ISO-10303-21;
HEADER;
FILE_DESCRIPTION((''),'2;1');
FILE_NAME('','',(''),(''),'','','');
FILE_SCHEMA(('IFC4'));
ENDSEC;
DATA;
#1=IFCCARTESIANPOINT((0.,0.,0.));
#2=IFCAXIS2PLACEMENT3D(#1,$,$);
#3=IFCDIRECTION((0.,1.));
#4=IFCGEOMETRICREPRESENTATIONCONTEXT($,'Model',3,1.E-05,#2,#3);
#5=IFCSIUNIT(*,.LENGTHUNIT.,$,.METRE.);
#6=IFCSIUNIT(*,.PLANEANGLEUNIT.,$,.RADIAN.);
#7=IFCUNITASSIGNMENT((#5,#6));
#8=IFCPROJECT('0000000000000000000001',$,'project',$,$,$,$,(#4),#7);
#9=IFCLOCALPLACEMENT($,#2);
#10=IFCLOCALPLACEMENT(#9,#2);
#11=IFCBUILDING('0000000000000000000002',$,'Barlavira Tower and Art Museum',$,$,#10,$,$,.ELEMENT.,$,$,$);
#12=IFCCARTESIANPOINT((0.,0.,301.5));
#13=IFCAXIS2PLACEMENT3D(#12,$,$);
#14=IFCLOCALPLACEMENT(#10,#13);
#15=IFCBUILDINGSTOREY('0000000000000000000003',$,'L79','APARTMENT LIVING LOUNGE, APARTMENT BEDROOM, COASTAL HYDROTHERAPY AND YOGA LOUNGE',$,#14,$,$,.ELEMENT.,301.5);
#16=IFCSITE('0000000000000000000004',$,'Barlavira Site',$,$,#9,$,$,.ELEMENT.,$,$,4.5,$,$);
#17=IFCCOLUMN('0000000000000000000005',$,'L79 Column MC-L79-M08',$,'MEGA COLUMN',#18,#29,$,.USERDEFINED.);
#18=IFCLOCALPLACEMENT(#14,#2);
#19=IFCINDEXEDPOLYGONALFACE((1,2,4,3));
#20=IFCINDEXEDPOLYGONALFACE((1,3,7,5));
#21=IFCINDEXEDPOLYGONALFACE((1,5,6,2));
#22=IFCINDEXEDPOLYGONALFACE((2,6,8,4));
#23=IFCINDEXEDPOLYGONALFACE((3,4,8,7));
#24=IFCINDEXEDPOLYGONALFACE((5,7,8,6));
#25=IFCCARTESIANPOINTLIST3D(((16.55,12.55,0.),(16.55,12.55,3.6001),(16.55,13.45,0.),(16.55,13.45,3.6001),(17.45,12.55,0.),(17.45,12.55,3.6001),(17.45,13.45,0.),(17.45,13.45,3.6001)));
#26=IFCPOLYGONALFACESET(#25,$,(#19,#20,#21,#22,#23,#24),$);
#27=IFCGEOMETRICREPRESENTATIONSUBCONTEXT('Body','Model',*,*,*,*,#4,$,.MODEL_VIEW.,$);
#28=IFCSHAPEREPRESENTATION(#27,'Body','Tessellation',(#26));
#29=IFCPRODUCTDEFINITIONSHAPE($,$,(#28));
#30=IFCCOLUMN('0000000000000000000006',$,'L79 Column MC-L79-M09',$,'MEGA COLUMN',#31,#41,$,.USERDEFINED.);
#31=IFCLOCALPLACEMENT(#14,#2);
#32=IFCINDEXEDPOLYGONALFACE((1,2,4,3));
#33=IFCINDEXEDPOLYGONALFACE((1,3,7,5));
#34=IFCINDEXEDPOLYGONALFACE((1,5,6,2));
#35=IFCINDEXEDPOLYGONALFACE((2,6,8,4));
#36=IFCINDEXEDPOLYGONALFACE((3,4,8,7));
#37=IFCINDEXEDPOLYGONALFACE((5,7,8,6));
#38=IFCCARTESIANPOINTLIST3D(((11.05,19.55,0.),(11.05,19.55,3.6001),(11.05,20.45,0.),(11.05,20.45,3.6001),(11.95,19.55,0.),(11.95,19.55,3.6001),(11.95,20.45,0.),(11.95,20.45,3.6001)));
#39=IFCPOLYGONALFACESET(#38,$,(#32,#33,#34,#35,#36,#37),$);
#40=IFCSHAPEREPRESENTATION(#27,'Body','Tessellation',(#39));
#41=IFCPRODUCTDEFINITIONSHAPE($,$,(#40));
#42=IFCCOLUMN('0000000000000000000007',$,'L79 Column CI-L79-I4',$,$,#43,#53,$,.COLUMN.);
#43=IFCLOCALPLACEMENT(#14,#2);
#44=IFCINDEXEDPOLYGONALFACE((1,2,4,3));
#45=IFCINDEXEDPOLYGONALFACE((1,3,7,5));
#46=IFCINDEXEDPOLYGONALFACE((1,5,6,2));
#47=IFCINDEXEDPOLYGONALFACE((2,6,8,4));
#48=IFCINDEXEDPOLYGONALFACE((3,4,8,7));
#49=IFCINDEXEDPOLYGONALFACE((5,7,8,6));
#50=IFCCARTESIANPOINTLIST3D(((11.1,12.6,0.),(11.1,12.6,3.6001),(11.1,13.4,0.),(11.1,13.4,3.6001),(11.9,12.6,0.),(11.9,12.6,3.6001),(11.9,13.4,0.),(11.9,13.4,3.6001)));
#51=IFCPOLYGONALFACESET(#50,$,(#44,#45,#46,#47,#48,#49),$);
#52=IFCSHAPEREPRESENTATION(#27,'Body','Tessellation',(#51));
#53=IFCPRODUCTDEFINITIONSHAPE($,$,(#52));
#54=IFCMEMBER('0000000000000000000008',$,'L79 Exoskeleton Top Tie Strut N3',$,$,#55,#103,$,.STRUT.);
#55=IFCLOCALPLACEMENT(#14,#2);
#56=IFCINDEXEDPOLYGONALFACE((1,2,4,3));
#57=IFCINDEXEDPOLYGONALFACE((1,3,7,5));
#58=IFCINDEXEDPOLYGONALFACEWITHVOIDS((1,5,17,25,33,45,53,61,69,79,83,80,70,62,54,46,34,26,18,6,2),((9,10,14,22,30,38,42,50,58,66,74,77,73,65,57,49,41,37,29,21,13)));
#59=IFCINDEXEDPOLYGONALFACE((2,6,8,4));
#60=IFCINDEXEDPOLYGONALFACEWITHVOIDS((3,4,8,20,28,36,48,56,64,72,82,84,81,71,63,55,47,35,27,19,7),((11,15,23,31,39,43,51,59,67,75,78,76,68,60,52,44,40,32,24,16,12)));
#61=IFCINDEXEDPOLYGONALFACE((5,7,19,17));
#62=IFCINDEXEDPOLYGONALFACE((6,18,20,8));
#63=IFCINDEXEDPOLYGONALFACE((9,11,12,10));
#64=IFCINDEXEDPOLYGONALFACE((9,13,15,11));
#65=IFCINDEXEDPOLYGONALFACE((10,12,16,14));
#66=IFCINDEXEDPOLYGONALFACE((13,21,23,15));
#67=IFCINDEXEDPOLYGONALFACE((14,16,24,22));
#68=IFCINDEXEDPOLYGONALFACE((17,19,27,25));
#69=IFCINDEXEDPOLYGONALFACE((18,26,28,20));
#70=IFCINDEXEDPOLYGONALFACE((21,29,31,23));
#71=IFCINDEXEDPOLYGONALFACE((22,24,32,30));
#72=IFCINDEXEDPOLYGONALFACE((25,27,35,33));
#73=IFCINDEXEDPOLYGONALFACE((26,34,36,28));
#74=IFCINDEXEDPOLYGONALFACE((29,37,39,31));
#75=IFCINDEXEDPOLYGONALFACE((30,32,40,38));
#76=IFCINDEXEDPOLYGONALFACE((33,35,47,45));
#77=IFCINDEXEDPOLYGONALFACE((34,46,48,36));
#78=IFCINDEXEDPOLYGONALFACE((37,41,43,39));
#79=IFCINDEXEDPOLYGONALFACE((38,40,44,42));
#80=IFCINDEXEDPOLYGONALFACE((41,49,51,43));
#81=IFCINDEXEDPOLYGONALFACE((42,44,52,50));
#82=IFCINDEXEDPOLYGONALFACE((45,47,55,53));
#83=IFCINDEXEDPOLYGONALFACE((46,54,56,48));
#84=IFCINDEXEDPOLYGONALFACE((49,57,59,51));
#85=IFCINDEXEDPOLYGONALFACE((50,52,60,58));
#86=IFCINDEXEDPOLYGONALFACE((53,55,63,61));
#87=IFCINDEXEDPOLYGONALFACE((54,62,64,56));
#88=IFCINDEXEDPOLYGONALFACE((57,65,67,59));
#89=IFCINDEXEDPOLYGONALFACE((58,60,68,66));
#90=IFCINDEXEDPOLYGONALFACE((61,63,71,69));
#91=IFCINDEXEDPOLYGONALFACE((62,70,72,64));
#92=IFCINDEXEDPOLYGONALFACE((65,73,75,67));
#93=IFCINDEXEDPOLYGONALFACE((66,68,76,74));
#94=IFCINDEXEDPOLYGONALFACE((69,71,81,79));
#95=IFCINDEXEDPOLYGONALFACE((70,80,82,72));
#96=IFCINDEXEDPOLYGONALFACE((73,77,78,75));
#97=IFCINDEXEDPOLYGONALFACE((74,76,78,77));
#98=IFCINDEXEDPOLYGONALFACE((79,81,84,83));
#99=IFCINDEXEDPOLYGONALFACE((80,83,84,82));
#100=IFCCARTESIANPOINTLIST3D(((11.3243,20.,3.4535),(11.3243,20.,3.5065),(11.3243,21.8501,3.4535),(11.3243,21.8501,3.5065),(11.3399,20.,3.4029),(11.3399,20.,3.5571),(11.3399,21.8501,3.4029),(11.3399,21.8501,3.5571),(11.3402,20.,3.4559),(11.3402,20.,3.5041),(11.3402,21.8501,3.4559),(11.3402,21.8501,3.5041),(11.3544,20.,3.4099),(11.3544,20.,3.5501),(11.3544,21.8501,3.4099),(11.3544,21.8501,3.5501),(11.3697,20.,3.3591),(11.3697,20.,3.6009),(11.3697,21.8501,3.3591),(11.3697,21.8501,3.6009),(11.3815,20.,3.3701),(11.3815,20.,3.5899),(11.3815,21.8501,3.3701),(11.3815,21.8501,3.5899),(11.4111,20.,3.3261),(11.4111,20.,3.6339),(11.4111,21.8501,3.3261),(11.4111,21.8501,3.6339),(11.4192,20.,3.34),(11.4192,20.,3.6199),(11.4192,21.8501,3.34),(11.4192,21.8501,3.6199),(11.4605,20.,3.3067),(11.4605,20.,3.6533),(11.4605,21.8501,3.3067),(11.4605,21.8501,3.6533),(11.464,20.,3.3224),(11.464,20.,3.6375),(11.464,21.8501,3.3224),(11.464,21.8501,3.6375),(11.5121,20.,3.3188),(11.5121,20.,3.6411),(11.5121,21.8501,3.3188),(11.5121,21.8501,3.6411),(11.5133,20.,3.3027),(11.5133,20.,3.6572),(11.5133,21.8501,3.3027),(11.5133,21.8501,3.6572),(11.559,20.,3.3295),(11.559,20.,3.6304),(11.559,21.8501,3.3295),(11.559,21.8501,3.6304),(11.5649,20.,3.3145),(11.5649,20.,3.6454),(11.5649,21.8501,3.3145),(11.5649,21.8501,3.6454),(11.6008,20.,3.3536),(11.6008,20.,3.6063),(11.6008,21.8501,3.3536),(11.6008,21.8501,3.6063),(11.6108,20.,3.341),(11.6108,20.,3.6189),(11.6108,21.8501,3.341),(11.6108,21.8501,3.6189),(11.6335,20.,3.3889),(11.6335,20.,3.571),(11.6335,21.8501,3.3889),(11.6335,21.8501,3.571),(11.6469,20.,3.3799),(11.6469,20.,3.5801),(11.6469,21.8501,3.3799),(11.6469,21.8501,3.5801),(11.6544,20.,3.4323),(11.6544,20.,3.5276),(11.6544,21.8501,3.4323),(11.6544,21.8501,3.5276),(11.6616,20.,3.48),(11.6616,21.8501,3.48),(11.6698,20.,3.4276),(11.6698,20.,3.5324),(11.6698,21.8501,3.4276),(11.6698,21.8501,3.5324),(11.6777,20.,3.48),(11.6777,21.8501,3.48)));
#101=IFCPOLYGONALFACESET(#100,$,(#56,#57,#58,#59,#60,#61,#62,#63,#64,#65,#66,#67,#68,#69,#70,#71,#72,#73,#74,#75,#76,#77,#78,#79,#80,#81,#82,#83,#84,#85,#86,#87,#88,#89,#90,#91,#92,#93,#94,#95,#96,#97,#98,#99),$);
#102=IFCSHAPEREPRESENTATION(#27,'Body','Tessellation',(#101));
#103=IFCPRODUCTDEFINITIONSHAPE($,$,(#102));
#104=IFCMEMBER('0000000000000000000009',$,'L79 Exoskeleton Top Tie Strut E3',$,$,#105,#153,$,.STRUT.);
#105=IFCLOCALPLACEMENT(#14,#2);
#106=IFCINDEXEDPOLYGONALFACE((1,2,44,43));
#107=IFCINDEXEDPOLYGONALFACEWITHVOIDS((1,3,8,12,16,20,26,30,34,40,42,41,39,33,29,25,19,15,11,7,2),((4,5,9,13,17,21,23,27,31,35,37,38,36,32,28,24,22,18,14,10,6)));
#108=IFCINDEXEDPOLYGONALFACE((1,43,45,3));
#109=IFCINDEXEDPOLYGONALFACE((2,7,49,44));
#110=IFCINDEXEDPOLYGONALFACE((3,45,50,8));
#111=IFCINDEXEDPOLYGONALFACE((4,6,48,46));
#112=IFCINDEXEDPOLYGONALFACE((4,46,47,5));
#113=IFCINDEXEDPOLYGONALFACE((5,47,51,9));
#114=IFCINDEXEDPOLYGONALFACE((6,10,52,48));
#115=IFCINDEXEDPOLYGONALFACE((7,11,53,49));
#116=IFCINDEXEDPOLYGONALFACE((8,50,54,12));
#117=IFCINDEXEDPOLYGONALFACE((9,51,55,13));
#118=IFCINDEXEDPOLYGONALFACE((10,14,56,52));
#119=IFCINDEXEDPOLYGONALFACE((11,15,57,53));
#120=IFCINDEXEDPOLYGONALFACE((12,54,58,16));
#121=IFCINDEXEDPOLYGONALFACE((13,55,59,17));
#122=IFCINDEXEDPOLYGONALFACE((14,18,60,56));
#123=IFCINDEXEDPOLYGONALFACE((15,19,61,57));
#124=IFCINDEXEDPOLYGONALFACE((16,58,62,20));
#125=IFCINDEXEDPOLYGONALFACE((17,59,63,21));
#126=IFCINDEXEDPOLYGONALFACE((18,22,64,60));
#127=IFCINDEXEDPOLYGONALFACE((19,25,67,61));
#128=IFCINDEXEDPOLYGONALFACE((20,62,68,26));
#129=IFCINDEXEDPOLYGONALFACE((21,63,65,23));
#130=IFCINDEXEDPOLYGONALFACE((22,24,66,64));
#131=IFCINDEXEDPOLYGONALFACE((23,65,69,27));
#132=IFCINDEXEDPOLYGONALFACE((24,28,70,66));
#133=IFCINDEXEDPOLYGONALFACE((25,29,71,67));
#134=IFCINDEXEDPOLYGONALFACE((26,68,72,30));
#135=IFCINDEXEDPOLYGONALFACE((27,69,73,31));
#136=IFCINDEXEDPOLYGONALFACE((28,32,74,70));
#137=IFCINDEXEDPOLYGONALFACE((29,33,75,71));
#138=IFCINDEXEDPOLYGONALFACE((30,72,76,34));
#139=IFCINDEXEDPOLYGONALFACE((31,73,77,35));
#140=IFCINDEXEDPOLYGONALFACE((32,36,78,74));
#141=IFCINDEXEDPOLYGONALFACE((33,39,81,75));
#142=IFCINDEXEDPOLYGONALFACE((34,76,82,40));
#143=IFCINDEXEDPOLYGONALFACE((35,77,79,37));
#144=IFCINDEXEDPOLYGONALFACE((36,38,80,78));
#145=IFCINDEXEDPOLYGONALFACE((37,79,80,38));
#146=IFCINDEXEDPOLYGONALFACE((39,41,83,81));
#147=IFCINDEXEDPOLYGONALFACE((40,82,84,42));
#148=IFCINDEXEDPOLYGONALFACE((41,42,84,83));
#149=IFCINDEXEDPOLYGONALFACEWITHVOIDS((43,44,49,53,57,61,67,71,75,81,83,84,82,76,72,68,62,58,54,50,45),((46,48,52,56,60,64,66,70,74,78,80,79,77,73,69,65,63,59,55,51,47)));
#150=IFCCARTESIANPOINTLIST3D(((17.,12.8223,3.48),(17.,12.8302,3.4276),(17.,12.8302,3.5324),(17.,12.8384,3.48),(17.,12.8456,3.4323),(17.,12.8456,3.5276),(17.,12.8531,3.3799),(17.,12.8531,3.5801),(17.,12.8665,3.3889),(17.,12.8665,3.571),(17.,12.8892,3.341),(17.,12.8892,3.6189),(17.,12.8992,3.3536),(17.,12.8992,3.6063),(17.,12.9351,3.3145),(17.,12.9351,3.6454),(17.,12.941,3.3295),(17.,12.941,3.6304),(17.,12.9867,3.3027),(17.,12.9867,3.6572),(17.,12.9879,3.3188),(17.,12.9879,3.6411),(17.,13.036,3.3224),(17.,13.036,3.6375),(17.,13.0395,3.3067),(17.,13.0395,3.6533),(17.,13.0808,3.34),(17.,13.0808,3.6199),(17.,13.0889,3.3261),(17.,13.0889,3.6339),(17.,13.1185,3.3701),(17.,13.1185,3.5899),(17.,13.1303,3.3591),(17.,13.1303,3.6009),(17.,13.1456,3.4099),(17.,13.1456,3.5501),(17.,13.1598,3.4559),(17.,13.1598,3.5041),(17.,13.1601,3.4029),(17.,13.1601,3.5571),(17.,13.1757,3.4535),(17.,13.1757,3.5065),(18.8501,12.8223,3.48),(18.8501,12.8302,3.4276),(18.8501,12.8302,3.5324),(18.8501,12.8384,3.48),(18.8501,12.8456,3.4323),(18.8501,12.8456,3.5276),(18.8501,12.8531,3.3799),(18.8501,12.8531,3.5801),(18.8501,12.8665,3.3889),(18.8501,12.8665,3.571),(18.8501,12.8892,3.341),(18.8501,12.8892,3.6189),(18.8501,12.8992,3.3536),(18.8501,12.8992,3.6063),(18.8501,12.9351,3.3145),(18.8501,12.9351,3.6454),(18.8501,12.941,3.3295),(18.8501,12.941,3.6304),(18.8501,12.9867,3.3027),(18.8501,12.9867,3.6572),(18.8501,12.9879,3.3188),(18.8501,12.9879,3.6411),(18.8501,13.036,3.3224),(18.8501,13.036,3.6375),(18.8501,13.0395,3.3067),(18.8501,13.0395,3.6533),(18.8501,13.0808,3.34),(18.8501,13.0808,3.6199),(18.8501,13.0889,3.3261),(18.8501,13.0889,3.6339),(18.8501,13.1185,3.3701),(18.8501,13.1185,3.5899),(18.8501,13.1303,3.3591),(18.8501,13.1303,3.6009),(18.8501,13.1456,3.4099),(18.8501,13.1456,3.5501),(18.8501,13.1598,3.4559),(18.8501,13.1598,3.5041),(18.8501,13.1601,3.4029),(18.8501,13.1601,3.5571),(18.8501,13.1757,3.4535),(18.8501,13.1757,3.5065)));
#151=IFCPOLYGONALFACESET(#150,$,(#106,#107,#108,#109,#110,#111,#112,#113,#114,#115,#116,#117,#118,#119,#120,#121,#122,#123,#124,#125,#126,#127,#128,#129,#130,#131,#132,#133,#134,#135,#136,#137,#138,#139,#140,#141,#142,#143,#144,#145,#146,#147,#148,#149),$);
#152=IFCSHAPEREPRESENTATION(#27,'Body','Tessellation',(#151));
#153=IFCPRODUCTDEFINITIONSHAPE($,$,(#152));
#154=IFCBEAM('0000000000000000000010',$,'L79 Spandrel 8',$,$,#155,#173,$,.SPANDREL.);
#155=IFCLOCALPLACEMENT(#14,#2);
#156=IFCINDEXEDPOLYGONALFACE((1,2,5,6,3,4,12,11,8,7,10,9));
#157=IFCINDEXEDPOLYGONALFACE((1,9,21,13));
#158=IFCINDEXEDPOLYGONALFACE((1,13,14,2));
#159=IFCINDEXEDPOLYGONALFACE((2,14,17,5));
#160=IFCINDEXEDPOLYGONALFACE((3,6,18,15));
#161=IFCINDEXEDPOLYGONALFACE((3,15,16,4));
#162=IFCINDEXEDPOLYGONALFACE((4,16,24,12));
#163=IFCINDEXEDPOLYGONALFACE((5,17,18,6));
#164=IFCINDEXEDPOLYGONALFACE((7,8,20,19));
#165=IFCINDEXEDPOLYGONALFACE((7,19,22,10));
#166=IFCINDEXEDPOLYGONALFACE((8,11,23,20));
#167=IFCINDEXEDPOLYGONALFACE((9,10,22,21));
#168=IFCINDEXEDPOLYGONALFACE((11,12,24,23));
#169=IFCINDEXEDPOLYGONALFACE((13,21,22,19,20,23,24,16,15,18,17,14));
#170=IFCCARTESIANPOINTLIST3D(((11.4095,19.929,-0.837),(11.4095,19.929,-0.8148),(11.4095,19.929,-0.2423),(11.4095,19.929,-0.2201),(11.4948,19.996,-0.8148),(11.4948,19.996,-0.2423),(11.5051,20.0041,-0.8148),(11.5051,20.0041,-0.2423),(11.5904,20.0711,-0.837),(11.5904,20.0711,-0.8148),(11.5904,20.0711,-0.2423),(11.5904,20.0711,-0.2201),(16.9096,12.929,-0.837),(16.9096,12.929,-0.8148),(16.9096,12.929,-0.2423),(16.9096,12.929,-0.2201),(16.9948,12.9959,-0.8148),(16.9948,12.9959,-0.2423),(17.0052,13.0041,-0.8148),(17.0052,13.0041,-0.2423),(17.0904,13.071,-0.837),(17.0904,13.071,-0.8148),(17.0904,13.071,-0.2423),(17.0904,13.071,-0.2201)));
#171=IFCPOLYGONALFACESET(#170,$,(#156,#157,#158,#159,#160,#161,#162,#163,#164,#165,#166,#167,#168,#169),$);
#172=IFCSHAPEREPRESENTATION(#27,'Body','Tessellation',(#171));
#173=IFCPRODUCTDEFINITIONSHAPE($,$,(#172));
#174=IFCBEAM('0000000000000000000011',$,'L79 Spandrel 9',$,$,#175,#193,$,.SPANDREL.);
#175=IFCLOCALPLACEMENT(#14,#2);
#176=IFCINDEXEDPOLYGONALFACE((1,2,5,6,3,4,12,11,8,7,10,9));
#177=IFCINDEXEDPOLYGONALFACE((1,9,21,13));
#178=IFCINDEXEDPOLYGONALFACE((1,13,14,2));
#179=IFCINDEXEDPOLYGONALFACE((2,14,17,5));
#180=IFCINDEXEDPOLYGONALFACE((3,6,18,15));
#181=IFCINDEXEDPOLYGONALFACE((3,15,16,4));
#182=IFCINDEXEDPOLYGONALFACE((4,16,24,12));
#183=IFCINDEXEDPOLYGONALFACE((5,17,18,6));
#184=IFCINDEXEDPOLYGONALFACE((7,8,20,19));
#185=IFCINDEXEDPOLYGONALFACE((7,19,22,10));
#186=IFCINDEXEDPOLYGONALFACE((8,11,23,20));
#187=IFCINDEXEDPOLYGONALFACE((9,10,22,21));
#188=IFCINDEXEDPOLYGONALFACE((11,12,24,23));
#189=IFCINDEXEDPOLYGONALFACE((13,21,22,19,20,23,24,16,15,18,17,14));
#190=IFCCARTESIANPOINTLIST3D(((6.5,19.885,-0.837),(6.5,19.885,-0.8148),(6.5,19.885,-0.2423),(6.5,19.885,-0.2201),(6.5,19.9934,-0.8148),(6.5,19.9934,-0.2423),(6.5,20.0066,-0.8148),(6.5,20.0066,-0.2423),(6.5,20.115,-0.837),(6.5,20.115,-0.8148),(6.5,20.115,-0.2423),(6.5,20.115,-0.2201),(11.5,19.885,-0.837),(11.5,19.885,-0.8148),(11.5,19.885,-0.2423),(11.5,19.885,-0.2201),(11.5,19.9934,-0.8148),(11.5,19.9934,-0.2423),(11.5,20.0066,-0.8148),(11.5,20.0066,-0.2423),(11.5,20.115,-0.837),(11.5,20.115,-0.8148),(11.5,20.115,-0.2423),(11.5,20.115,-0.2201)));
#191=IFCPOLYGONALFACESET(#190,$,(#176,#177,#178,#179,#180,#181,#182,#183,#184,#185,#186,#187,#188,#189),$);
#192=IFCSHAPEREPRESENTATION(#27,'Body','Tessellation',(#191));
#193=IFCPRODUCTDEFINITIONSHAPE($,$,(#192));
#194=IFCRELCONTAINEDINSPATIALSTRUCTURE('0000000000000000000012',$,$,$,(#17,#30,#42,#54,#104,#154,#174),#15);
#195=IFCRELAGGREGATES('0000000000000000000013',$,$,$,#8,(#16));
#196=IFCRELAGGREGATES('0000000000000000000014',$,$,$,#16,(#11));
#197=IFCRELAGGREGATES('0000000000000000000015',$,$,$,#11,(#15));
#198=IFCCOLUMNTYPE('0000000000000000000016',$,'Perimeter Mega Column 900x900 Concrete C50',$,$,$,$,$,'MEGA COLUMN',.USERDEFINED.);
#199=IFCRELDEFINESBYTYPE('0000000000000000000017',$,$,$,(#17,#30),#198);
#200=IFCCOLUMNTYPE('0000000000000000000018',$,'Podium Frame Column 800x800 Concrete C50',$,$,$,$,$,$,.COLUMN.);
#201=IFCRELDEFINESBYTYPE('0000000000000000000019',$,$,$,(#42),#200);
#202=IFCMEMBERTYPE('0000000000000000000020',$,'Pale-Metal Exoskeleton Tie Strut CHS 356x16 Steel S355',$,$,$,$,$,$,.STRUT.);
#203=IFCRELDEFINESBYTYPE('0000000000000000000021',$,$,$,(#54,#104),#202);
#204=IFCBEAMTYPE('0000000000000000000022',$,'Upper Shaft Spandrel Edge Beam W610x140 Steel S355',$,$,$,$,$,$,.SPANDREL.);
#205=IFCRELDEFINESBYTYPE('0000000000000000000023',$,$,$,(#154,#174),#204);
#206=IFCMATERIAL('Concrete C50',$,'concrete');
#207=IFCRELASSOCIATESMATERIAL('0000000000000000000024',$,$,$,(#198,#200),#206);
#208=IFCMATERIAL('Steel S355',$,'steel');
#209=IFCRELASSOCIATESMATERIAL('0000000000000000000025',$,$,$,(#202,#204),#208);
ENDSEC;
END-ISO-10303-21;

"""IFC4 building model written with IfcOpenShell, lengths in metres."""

from ifc_helpers import new_model, si_unit, direction, frame, origin, origin_2d, place, context, subcontext, project, spatial, rectangle, hollow_circle, i_section, extrude, material, material_profile, profile_set, type_object, element, save


model = new_model("IFC4")

# Units and contexts
model_context = context("Model", 3, precision=1e-05, world=origin(), true_north=direction((0.0, 1.0)))
body_context = subcontext(model_context, "Body", "Model", "MODEL_VIEW")
ifc_project = project(units=[si_unit("LENGTHUNIT", "METRE"), si_unit("PLANEANGLEUNIT", "RADIAN")], contexts=[model_context])

# Site, building, storey
site_placement = place(None, origin())
site = spatial("IfcSite", under=ifc_project, at=site_placement, Name="Barlavira Site", CompositionType="ELEMENT", RefElevation=4.5)
building_placement = place(site_placement, origin())
building = spatial("IfcBuilding", under=site, at=building_placement, Name="Barlavira Tower and Art Museum", CompositionType="ELEMENT")
storey_placement = place(building_placement, frame((0.0, 0.0, 301.5)))
storey = spatial("IfcBuildingStorey", under=building, at=storey_placement, Name="L79", Description="APARTMENT LIVING LOUNGE, APARTMENT BEDROOM, COASTAL HYDROTHERAPY AND YOGA LOUNGE", CompositionType="ELEMENT", Elevation=301.5)

# Columns
ifc_material_1 = material(Name="Concrete C50", Category="concrete")
ifc_material_profile_1 = material_profile(ifc_material_1, rectangle(XDim=0.8999, YDim=0.8999, at=origin_2d()), Name="RC-COL 900x900")
ifc_profile_set_1 = profile_set([ifc_material_profile_1], Name="Concrete C50")
column_type_1 = type_object("IfcColumnType", Name="Perimeter Mega Column 900x900 Concrete C50", ElementType="MEGA COLUMN", PredefinedType="USERDEFINED", material=ifc_profile_set_1)
for number, where, z_axis, x_axis, name in (
    (1, (17.0, 13.0, 0.0), (0.0, 0.0, 1.0), (1.0, 0.0, 0.0), "L79 Column MC-L79-M08"),
    (2, (11.5, 20.0, 0.0), (0.0, 0.0, 1.0), (1.0, 0.0, 0.0), "L79 Column MC-L79-M09"),
):
    element("IfcColumn", number, at=place(storey_placement, frame(where, z_axis=z_axis, x_axis=x_axis)), inside=storey, type_object=column_type_1, Name=name, ObjectType="MEGA COLUMN", PredefinedType="USERDEFINED", context=body_context, shape_type="SweptSolid", body=[
        extrude(rectangle(XDim=0.8999, YDim=0.8999, at=origin_2d()), origin(), (0.0, 0.0, 1.0), 3.6001),
    ])
ifc_material_profile_2 = material_profile(ifc_material_1, rectangle(XDim=0.8, YDim=0.8, at=origin_2d()), Name="RC-COL 800x800")
ifc_profile_set_2 = profile_set([ifc_material_profile_2], Name="Concrete C50")
column_type_2 = type_object("IfcColumnType", Name="Podium Frame Column 800x800 Concrete C50", PredefinedType="COLUMN", material=ifc_profile_set_2)
column_placement = place(storey_placement, frame((11.5, 13.0, 0.0), z_axis=(0.0, 0.0, 1.0), x_axis=(1.0, 0.0, 0.0)))
element("IfcColumn", 3, at=column_placement, inside=storey, type_object=column_type_2, Name="L79 Column CI-L79-I4", PredefinedType="COLUMN", context=body_context, shape_type="SweptSolid", body=[
    extrude(rectangle(XDim=0.8, YDim=0.8, at=origin_2d()), origin(), (0.0, 0.0, 1.0), 3.6001),
])

# Members
ifc_material_2 = material(Name="Steel S355", Category="steel")
ifc_material_profile_3 = material_profile(ifc_material_2, hollow_circle(Radius=0.1777, WallThickness=0.0161, at=origin_2d()), Name="CHS 355.6x16.0")
ifc_profile_set_3 = profile_set([ifc_material_profile_3], Name="Steel S355")
member_type = type_object("IfcMemberType", Name="Pale-Metal Exoskeleton Tie Strut CHS 356x16 Steel S355", PredefinedType="STRUT", material=ifc_profile_set_3)
for number, where, z_axis, x_axis, name in (
    (4, (11.5, 21.8501, 3.48), (0.0, -1.0, 0.0), (1.0, 0.0, 0.0), "L79 Exoskeleton Top Tie Strut N3"),
    (5, (18.8501, 13.0, 3.48), (-1.0, 0.0, 0.0), (0.0, -1.0, 0.0), "L79 Exoskeleton Top Tie Strut E3"),
):
    element("IfcMember", number, at=place(storey_placement, frame(where, z_axis=z_axis, x_axis=x_axis)), inside=storey, type_object=member_type, Name=name, PredefinedType="STRUT", context=body_context, shape_type="SweptSolid", body=[
        extrude(hollow_circle(Radius=0.1777, WallThickness=0.0161, at=origin_2d()), origin(), (0.0, 0.0, 1.0), 1.8501),
    ])

# Beams
ifc_material_profile_4 = material_profile(ifc_material_2, i_section(OverallWidth=0.23, OverallDepth=0.6169, WebThickness=0.0132, FlangeThickness=0.0222, at=origin_2d()), Name="W610x140.0")
ifc_profile_set_4 = profile_set([ifc_material_profile_4], Name="Steel S355")
beam_type_1 = type_object("IfcBeamType", Name="Upper Shaft Spandrel Edge Beam W610x140 Steel S355", PredefinedType="SPANDREL", material=ifc_profile_set_4)
beam_1_placement = place(storey_placement, frame((17.0, 13.0, -0.5286), z_axis=(-0.617822, 0.786318, 0.0), x_axis=(-0.786318, -0.617822, 0.0)))
element("IfcBeam", 6, at=beam_1_placement, inside=storey, type_object=beam_type_1, Name="L79 Spandrel 8", PredefinedType="SPANDREL", context=body_context, shape_type="SweptSolid", body=[
    extrude(i_section(OverallWidth=0.23, OverallDepth=0.6169, WebThickness=0.0132, FlangeThickness=0.0222, at=origin_2d()), origin(), (0.0, 0.0, 1.0), 8.9023),
])
beam_2_placement = place(storey_placement, frame((6.5, 20.0, -0.5286), z_axis=(1.0, 0.0, 0.0), x_axis=(0.0, 1.0, 0.0)))
element("IfcBeam", 7, at=beam_2_placement, inside=storey, type_object=beam_type_1, Name="L79 Spandrel 9", PredefinedType="SPANDREL", context=body_context, shape_type="SweptSolid", body=[
    extrude(i_section(OverallWidth=0.23, OverallDepth=0.6169, WebThickness=0.0132, FlangeThickness=0.0222, at=origin_2d()), origin(), (0.0, 0.0, 1.0), 5.0),
])

save(model, "model.ifc")
